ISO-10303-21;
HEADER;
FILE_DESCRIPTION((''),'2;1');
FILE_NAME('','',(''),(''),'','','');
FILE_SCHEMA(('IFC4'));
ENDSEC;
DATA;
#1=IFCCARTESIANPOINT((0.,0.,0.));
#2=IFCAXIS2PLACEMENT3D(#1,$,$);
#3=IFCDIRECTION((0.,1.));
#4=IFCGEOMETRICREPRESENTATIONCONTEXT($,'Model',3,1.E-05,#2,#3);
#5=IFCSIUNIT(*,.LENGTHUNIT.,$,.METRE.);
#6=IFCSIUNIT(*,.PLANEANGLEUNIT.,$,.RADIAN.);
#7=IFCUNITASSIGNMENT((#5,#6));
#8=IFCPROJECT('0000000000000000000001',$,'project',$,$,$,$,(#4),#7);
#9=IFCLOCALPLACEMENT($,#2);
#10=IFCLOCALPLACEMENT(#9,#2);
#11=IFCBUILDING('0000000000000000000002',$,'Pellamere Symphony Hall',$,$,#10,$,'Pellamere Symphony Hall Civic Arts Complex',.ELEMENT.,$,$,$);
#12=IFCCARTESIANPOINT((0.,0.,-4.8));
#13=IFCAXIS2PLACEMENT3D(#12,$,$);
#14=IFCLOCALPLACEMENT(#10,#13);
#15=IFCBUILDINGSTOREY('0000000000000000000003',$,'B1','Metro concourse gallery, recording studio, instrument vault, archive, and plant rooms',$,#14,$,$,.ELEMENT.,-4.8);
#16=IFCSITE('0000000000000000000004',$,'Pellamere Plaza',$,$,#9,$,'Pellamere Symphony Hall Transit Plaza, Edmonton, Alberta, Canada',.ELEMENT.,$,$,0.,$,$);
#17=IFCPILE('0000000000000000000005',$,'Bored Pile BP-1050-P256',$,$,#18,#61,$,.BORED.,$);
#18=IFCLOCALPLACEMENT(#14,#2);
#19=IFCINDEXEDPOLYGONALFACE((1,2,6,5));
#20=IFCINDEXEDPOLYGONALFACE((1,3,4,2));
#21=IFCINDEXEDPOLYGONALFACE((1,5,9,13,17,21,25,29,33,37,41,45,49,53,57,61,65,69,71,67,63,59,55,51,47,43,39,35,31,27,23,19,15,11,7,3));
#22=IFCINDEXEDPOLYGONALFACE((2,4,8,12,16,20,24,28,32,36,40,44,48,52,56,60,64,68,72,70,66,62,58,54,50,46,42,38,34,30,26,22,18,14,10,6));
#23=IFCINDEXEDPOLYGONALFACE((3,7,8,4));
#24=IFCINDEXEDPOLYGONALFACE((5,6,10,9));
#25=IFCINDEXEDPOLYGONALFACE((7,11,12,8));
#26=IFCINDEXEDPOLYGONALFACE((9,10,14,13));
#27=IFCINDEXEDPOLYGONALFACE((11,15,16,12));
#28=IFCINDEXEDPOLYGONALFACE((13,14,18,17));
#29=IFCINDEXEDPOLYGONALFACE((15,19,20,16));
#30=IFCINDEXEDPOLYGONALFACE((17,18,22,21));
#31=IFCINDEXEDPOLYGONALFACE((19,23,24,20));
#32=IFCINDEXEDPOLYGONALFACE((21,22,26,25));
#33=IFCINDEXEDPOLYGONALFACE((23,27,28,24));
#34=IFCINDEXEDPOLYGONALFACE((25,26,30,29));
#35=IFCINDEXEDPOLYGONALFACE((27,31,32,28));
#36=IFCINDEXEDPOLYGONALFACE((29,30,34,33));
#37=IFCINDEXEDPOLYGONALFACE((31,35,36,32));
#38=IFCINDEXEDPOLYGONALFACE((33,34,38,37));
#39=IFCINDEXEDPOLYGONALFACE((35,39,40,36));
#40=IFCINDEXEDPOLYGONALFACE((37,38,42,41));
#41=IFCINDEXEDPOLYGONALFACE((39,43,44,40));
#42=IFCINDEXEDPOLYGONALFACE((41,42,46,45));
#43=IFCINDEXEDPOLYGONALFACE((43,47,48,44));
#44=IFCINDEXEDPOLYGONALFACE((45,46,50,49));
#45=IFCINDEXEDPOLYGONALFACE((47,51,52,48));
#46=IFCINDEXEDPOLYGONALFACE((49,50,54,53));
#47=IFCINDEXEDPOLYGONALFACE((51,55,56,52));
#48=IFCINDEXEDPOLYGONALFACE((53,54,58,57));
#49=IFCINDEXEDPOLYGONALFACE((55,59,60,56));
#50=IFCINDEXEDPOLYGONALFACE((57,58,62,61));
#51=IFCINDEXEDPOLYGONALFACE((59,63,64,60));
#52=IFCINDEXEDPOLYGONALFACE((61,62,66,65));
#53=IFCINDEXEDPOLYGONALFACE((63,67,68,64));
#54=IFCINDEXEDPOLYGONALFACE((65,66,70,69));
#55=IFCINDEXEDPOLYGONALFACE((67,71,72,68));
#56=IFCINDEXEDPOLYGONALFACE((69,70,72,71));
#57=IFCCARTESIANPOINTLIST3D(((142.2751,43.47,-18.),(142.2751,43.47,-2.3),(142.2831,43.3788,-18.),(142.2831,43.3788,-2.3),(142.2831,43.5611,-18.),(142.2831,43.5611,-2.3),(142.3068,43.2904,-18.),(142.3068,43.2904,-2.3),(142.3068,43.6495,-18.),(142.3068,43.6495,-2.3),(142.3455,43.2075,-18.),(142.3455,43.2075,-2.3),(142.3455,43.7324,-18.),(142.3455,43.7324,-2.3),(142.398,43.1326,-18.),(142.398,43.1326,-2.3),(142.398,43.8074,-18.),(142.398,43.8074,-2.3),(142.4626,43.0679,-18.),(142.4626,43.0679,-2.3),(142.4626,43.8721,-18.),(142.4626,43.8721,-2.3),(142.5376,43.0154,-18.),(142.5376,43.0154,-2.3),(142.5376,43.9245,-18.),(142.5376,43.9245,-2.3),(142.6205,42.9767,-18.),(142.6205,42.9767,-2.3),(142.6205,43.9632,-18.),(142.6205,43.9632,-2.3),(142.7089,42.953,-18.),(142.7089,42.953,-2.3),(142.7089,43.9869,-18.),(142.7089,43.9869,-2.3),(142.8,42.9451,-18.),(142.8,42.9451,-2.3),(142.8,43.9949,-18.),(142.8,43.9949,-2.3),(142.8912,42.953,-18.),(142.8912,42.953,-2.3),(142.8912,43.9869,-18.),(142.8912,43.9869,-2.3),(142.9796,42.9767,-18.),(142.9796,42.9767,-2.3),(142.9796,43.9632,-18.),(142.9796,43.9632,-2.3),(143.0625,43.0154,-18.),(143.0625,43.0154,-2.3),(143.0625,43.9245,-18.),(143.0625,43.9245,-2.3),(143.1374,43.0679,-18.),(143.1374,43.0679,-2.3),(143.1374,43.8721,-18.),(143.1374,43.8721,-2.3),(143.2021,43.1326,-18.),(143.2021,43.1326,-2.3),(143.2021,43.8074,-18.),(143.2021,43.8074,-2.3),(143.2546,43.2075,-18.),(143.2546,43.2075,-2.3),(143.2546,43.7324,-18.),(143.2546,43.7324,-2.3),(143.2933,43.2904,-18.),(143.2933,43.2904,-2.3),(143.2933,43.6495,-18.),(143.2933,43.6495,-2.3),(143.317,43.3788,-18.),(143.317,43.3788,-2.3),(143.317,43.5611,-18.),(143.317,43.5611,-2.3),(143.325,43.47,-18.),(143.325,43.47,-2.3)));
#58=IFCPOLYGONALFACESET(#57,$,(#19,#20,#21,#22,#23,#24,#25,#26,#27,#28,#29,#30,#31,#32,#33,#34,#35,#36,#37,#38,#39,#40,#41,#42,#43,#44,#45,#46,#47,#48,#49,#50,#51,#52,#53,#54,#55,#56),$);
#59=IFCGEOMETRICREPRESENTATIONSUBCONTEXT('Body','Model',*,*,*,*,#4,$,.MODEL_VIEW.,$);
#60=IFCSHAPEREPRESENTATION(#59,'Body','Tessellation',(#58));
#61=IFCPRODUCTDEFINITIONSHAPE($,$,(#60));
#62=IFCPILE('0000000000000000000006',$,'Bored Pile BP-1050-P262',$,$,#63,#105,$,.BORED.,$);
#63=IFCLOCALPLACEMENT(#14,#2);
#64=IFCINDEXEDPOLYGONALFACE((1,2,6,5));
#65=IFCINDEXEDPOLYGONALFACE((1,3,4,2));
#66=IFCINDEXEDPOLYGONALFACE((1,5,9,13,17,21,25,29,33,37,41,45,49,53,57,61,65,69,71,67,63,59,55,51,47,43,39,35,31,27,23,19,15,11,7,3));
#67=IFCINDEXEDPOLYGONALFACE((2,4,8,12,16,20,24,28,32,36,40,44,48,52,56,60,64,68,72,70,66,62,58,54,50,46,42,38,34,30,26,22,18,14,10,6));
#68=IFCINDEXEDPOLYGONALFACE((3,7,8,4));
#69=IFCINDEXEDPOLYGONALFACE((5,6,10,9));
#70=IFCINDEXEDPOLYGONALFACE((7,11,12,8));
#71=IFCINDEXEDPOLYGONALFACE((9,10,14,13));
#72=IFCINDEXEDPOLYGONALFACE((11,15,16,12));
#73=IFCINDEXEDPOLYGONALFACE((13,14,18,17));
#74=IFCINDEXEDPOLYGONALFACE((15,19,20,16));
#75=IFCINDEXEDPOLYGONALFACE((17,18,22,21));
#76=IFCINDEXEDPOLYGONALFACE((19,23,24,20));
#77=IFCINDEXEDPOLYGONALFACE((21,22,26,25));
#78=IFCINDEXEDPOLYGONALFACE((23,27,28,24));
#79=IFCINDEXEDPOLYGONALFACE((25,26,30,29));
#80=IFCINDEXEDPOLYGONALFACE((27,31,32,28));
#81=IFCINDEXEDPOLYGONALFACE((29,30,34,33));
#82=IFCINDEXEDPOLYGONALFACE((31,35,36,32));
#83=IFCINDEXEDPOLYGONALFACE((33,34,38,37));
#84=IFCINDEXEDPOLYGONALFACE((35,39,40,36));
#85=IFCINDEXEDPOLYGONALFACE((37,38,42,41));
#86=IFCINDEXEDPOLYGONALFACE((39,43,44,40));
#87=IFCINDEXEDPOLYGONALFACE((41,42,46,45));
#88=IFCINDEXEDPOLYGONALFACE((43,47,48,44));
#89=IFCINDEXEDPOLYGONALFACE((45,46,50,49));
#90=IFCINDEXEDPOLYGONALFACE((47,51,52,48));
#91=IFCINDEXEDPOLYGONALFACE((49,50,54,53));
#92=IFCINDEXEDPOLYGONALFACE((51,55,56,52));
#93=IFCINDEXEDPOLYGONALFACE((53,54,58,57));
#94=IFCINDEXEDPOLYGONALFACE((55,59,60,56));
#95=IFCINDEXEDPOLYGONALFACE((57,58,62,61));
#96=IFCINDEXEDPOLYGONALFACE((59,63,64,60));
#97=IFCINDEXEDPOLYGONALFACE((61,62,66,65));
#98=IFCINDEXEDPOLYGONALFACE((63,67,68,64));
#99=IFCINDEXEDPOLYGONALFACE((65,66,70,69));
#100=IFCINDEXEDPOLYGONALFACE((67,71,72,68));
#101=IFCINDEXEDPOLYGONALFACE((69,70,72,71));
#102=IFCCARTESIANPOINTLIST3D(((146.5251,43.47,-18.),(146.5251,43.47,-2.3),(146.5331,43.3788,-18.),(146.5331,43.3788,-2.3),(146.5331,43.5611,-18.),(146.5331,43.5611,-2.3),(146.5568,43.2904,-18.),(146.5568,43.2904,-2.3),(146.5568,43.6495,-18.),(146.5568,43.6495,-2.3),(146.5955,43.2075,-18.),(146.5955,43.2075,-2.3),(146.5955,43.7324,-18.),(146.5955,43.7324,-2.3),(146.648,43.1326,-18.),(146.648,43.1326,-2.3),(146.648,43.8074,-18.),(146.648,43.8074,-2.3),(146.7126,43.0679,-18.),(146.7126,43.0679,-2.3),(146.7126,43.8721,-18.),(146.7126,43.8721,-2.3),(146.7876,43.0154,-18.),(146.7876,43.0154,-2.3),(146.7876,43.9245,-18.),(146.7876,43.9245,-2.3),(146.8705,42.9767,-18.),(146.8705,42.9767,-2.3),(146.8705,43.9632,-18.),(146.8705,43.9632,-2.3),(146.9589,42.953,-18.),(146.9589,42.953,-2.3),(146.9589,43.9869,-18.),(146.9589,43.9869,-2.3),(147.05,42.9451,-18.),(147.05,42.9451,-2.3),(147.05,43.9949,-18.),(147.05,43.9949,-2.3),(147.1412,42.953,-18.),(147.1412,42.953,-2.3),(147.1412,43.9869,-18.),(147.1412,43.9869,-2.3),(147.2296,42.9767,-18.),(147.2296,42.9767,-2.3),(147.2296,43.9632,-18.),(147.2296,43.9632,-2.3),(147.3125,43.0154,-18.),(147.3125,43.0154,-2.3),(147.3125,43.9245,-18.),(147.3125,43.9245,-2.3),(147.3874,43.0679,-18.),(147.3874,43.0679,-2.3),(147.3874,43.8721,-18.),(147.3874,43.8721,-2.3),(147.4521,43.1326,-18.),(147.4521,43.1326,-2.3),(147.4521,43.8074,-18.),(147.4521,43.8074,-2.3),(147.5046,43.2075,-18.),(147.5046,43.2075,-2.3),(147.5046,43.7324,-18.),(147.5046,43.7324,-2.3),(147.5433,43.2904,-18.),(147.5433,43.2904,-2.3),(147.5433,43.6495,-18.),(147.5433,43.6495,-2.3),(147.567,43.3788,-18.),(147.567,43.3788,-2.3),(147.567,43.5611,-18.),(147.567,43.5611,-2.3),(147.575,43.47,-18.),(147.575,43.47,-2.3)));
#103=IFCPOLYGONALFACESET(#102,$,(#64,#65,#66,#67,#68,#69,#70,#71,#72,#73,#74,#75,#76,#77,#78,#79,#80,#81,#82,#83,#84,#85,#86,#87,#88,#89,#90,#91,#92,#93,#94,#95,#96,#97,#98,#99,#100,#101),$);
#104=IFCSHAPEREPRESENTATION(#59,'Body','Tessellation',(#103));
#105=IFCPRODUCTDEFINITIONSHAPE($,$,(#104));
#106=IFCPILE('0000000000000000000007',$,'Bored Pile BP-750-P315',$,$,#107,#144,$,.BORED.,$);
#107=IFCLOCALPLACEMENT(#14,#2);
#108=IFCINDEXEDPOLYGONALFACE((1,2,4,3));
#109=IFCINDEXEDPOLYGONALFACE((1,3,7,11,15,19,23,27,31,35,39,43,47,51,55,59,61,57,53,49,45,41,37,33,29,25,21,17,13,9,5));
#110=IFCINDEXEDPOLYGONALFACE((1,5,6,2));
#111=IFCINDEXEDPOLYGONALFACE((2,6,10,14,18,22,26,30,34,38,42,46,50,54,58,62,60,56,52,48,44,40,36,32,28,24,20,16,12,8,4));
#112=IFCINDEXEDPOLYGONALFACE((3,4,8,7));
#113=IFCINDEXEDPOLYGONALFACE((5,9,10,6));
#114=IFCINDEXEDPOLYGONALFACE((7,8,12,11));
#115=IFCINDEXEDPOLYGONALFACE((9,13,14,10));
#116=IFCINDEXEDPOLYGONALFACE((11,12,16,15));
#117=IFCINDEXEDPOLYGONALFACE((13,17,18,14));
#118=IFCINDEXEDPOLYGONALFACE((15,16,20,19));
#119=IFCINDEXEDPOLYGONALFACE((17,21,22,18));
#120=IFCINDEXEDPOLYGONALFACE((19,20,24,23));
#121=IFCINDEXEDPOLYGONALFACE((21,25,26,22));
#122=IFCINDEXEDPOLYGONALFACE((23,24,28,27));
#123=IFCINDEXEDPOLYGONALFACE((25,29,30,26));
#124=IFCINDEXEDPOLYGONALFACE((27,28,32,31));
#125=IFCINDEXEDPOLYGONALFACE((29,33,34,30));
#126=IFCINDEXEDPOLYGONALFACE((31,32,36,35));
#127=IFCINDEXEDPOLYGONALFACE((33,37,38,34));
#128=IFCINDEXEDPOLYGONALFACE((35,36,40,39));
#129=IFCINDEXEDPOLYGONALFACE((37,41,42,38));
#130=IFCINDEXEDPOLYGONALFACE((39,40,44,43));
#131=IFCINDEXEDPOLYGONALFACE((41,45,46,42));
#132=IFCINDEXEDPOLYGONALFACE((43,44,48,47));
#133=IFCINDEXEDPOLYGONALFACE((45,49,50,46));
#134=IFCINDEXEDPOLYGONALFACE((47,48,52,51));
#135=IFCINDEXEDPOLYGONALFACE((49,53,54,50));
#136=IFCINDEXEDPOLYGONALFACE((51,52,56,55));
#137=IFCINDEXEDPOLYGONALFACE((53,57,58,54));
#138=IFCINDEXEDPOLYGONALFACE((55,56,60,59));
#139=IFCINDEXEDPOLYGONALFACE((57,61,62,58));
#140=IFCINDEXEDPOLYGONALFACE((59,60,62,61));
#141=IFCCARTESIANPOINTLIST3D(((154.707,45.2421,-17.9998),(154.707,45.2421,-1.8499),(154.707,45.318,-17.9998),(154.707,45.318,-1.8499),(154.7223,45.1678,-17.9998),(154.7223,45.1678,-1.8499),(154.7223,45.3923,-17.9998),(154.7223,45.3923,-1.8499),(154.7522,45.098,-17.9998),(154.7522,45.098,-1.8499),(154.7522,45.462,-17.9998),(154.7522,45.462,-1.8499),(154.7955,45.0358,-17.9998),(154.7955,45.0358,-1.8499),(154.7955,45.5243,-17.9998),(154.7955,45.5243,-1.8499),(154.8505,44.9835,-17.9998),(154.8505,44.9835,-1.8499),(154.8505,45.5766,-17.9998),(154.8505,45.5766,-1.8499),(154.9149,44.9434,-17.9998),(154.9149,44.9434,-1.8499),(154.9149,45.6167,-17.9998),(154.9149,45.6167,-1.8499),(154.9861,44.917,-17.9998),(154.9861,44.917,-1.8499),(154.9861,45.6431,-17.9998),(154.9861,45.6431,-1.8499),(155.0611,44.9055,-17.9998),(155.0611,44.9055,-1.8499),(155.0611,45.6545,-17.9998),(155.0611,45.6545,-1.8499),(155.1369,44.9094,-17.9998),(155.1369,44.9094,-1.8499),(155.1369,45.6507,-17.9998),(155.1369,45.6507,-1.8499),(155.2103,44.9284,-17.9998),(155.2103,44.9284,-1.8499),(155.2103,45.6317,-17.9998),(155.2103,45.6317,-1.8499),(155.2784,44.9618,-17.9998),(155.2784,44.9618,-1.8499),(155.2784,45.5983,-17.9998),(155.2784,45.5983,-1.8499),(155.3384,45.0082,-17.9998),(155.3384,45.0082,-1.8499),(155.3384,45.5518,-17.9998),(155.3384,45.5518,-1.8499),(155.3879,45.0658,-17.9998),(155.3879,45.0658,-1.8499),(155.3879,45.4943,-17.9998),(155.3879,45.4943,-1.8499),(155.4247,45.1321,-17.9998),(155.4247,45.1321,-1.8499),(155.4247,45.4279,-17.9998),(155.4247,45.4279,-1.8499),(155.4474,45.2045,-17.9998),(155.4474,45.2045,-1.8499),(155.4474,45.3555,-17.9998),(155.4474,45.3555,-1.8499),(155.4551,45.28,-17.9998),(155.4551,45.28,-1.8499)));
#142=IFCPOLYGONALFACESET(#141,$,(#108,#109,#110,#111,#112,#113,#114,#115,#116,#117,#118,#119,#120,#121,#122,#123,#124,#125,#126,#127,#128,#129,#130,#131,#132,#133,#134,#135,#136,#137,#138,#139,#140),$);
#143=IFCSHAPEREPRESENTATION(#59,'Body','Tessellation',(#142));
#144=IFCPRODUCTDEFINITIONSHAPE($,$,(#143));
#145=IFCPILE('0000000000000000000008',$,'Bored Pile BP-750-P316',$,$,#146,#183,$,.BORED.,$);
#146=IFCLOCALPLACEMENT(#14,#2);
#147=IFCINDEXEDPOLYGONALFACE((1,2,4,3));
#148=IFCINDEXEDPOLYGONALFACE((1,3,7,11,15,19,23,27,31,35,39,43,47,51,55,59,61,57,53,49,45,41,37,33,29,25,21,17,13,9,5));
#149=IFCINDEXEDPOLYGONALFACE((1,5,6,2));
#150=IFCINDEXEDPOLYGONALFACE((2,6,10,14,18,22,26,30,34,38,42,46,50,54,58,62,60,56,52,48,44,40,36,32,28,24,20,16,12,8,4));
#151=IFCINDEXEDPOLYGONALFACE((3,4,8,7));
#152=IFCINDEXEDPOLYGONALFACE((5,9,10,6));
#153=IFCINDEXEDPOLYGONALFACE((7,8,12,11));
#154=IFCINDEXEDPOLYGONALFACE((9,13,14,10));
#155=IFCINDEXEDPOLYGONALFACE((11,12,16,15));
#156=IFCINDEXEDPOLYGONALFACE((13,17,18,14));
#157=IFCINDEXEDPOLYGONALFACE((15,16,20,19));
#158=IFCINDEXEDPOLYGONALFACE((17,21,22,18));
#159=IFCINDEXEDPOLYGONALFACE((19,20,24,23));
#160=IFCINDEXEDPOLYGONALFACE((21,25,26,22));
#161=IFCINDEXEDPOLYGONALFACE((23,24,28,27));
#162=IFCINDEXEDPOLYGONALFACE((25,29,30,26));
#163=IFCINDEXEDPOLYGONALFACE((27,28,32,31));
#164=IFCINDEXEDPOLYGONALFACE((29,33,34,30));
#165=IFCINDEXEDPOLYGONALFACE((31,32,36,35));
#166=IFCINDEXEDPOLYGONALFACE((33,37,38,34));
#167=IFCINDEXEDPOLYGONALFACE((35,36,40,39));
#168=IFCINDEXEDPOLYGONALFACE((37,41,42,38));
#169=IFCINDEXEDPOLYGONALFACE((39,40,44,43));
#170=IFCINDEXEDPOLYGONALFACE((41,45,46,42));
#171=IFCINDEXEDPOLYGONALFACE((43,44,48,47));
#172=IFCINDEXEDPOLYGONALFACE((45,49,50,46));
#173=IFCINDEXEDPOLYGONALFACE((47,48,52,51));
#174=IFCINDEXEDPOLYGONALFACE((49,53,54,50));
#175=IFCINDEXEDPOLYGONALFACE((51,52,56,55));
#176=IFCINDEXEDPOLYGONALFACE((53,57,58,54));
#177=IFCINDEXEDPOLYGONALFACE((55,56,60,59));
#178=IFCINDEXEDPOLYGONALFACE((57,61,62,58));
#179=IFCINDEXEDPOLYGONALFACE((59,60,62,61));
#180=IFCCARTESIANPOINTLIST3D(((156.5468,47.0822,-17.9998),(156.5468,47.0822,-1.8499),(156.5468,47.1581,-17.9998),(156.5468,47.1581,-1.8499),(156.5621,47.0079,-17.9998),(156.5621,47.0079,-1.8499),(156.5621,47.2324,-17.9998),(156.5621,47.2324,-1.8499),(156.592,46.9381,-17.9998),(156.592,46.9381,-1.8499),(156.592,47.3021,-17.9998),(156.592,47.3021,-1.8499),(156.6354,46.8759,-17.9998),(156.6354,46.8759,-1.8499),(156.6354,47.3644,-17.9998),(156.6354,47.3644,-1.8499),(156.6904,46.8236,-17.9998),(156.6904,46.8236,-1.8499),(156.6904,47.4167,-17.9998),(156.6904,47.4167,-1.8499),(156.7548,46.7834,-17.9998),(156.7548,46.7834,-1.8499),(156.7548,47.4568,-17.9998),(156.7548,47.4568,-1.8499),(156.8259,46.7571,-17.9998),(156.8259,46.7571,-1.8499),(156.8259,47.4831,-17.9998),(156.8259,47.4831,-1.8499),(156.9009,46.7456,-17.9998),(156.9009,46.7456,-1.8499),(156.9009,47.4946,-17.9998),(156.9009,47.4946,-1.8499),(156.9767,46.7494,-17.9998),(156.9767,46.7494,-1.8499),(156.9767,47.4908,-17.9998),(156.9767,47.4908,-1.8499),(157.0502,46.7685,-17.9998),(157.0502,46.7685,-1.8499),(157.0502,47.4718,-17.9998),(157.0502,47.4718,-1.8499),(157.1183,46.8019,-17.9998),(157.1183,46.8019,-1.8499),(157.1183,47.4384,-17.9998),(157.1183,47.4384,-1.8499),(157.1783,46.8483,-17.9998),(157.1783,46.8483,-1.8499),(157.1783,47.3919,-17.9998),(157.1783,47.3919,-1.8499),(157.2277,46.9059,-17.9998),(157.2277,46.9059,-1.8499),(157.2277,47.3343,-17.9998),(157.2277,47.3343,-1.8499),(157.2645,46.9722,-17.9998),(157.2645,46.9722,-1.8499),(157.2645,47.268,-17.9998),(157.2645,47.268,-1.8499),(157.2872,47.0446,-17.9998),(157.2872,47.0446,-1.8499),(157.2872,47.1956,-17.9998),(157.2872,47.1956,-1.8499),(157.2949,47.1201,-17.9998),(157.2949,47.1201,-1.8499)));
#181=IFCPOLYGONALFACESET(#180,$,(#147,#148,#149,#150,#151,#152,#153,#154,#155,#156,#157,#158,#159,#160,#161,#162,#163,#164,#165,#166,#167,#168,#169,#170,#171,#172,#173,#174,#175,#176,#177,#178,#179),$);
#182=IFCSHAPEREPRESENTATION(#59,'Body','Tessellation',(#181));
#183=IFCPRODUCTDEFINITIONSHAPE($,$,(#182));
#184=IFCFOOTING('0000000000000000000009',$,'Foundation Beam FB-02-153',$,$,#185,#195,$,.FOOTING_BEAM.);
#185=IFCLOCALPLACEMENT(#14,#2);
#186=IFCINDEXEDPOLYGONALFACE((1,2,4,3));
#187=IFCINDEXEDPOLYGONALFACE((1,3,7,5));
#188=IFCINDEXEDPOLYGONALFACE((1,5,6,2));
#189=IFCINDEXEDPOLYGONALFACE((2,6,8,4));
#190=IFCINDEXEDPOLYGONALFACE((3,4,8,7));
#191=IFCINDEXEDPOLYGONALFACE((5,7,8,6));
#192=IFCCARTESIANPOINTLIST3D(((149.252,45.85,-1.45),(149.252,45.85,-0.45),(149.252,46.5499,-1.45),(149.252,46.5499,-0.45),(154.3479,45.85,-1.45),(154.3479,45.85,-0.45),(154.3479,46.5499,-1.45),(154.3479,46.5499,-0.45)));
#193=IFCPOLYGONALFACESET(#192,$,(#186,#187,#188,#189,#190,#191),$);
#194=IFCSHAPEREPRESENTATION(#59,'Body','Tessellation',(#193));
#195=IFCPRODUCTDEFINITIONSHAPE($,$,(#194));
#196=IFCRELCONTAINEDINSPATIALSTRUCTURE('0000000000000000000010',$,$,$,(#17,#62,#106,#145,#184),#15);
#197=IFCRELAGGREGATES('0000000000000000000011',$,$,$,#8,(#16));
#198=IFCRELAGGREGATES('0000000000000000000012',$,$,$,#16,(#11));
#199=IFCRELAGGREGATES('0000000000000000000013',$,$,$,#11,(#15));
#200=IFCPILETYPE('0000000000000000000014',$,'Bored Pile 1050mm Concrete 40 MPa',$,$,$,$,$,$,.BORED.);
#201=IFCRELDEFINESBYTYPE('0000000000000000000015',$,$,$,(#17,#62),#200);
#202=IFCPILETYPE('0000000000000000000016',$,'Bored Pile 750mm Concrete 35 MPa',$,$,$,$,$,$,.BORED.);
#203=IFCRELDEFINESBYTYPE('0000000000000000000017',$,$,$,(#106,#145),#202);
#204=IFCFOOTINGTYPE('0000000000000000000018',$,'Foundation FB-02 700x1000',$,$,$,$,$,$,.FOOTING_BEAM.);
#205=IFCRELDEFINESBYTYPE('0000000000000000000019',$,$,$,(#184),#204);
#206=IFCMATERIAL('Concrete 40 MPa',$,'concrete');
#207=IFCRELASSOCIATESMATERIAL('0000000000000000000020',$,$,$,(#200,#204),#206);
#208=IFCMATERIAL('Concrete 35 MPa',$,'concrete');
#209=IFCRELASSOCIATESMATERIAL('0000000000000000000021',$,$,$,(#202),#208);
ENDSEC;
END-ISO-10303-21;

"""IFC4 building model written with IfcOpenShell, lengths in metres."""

from ifc_helpers import new_model, si_unit, direction, frame, origin, origin_2d, place, context, subcontext, project, spatial, rectangle, circle, extrude, material, material_profile, profile_set, type_object, element, save


model = new_model("IFC4")

# Units and contexts
model_context = context("Model", 3, precision=1e-05, world=origin(), true_north=direction((0.0, 1.0)))
body_context = subcontext(model_context, "Body", "Model", "MODEL_VIEW")
ifc_project = project(units=[si_unit("LENGTHUNIT", "METRE"), si_unit("PLANEANGLEUNIT", "RADIAN")], contexts=[model_context])

# Site, building, storey
site_placement = place(None, origin())
site = spatial("IfcSite", under=ifc_project, at=site_placement, Name="Pellamere Plaza", LongName="Pellamere Symphony Hall Transit Plaza, Edmonton, Alberta, Canada", CompositionType="ELEMENT", RefElevation=0.0)
building_placement = place(site_placement, origin())
building = spatial("IfcBuilding", under=site, at=building_placement, Name="Pellamere Symphony Hall", LongName="Pellamere Symphony Hall Civic Arts Complex", CompositionType="ELEMENT")
storey_placement = place(building_placement, frame((0.0, 0.0, -4.8)))
storey = spatial("IfcBuildingStorey", under=building, at=storey_placement, Name="B1", Description="Metro concourse gallery, recording studio, instrument vault, archive, and plant rooms", CompositionType="ELEMENT", Elevation=-4.8)

# Piles
ifc_material_1 = material(Name="Concrete 40 MPa", Category="concrete")
ifc_material_profile_1 = material_profile(ifc_material_1, circle(Radius=0.5249, at=origin_2d()), Name="PILE D1050")
ifc_profile_set_1 = profile_set([ifc_material_profile_1], Name="Concrete 40 MPa")
pile_type_1 = type_object("IfcPileType", Name="Bored Pile 1050mm Concrete 40 MPa", PredefinedType="BORED", material=ifc_profile_set_1)
for number, where, z_axis, x_axis, name in (
    (1, (142.8, 43.47, -2.3), (0.0, 0.0, -1.0), (1.0, 0.0, 0.0), "Bored Pile BP-1050-P256"),
    (2, (147.05, 43.47, -2.3), (0.0, 0.0, -1.0), (1.0, 0.0, 0.0), "Bored Pile BP-1050-P262"),
):
    element("IfcPile", number, at=place(storey_placement, frame(where, z_axis=z_axis, x_axis=x_axis)), inside=storey, type_object=pile_type_1, Name=name, PredefinedType="BORED", context=body_context, shape_type="SweptSolid", body=[
        extrude(circle(Radius=0.5249, at=origin_2d()), origin(), (0.0, 0.0, 1.0), 15.7),
    ])
ifc_material_2 = material(Name="Concrete 35 MPa", Category="concrete")
ifc_material_profile_2 = material_profile(ifc_material_2, circle(Radius=0.375, at=origin_2d()), Name="PILE D750")
ifc_profile_set_2 = profile_set([ifc_material_profile_2], Name="Concrete 35 MPa")
pile_type_2 = type_object("IfcPileType", Name="Bored Pile 750mm Concrete 35 MPa", PredefinedType="BORED", material=ifc_profile_set_2)
for number, where, z_axis, x_axis, name in (
    (3, (155.0801, 45.28, -1.8499), (0.0, 0.0, -1.0), (1.0, 0.0, 0.0), "Bored Pile BP-750-P315"),
    (4, (156.9199, 47.1201, -1.8499), (0.0, 0.0, -1.0), (1.0, 0.0, 0.0), "Bored Pile BP-750-P316"),
):
    element("IfcPile", number, at=place(storey_placement, frame(where, z_axis=z_axis, x_axis=x_axis)), inside=storey, type_object=pile_type_2, Name=name, PredefinedType="BORED", context=body_context, shape_type="SweptSolid", body=[
        extrude(circle(Radius=0.375, at=origin_2d()), origin(), (0.0, 0.0, 1.0), 16.1499),
    ])

# Footing
ifc_material_profile_3 = material_profile(ifc_material_1, rectangle(XDim=0.7, YDim=1.0, at=origin_2d()), Name="RC 700x1000")
ifc_profile_set_3 = profile_set([ifc_material_profile_3], Name="Concrete 40 MPa")
footing_type_1 = type_object("IfcFootingType", Name="Foundation FB-02 700x1000", PredefinedType="FOOTING_BEAM", material=ifc_profile_set_3)
footing_1_placement = place(storey_placement, frame((149.252, 46.2, -0.95), z_axis=(1.0, 0.0, 0.0), x_axis=(0.0, 1.0, 0.0)))
element("IfcFooting", 5, at=footing_1_placement, inside=storey, type_object=footing_type_1, Name="Foundation Beam FB-02-153", PredefinedType="FOOTING_BEAM", context=body_context, shape_type="SweptSolid", body=[
    extrude(rectangle(XDim=0.7, YDim=1.0, at=origin_2d()), origin(), (0.0, 0.0, 1.0), 5.0959),
])

save(model, "model.ifc")
